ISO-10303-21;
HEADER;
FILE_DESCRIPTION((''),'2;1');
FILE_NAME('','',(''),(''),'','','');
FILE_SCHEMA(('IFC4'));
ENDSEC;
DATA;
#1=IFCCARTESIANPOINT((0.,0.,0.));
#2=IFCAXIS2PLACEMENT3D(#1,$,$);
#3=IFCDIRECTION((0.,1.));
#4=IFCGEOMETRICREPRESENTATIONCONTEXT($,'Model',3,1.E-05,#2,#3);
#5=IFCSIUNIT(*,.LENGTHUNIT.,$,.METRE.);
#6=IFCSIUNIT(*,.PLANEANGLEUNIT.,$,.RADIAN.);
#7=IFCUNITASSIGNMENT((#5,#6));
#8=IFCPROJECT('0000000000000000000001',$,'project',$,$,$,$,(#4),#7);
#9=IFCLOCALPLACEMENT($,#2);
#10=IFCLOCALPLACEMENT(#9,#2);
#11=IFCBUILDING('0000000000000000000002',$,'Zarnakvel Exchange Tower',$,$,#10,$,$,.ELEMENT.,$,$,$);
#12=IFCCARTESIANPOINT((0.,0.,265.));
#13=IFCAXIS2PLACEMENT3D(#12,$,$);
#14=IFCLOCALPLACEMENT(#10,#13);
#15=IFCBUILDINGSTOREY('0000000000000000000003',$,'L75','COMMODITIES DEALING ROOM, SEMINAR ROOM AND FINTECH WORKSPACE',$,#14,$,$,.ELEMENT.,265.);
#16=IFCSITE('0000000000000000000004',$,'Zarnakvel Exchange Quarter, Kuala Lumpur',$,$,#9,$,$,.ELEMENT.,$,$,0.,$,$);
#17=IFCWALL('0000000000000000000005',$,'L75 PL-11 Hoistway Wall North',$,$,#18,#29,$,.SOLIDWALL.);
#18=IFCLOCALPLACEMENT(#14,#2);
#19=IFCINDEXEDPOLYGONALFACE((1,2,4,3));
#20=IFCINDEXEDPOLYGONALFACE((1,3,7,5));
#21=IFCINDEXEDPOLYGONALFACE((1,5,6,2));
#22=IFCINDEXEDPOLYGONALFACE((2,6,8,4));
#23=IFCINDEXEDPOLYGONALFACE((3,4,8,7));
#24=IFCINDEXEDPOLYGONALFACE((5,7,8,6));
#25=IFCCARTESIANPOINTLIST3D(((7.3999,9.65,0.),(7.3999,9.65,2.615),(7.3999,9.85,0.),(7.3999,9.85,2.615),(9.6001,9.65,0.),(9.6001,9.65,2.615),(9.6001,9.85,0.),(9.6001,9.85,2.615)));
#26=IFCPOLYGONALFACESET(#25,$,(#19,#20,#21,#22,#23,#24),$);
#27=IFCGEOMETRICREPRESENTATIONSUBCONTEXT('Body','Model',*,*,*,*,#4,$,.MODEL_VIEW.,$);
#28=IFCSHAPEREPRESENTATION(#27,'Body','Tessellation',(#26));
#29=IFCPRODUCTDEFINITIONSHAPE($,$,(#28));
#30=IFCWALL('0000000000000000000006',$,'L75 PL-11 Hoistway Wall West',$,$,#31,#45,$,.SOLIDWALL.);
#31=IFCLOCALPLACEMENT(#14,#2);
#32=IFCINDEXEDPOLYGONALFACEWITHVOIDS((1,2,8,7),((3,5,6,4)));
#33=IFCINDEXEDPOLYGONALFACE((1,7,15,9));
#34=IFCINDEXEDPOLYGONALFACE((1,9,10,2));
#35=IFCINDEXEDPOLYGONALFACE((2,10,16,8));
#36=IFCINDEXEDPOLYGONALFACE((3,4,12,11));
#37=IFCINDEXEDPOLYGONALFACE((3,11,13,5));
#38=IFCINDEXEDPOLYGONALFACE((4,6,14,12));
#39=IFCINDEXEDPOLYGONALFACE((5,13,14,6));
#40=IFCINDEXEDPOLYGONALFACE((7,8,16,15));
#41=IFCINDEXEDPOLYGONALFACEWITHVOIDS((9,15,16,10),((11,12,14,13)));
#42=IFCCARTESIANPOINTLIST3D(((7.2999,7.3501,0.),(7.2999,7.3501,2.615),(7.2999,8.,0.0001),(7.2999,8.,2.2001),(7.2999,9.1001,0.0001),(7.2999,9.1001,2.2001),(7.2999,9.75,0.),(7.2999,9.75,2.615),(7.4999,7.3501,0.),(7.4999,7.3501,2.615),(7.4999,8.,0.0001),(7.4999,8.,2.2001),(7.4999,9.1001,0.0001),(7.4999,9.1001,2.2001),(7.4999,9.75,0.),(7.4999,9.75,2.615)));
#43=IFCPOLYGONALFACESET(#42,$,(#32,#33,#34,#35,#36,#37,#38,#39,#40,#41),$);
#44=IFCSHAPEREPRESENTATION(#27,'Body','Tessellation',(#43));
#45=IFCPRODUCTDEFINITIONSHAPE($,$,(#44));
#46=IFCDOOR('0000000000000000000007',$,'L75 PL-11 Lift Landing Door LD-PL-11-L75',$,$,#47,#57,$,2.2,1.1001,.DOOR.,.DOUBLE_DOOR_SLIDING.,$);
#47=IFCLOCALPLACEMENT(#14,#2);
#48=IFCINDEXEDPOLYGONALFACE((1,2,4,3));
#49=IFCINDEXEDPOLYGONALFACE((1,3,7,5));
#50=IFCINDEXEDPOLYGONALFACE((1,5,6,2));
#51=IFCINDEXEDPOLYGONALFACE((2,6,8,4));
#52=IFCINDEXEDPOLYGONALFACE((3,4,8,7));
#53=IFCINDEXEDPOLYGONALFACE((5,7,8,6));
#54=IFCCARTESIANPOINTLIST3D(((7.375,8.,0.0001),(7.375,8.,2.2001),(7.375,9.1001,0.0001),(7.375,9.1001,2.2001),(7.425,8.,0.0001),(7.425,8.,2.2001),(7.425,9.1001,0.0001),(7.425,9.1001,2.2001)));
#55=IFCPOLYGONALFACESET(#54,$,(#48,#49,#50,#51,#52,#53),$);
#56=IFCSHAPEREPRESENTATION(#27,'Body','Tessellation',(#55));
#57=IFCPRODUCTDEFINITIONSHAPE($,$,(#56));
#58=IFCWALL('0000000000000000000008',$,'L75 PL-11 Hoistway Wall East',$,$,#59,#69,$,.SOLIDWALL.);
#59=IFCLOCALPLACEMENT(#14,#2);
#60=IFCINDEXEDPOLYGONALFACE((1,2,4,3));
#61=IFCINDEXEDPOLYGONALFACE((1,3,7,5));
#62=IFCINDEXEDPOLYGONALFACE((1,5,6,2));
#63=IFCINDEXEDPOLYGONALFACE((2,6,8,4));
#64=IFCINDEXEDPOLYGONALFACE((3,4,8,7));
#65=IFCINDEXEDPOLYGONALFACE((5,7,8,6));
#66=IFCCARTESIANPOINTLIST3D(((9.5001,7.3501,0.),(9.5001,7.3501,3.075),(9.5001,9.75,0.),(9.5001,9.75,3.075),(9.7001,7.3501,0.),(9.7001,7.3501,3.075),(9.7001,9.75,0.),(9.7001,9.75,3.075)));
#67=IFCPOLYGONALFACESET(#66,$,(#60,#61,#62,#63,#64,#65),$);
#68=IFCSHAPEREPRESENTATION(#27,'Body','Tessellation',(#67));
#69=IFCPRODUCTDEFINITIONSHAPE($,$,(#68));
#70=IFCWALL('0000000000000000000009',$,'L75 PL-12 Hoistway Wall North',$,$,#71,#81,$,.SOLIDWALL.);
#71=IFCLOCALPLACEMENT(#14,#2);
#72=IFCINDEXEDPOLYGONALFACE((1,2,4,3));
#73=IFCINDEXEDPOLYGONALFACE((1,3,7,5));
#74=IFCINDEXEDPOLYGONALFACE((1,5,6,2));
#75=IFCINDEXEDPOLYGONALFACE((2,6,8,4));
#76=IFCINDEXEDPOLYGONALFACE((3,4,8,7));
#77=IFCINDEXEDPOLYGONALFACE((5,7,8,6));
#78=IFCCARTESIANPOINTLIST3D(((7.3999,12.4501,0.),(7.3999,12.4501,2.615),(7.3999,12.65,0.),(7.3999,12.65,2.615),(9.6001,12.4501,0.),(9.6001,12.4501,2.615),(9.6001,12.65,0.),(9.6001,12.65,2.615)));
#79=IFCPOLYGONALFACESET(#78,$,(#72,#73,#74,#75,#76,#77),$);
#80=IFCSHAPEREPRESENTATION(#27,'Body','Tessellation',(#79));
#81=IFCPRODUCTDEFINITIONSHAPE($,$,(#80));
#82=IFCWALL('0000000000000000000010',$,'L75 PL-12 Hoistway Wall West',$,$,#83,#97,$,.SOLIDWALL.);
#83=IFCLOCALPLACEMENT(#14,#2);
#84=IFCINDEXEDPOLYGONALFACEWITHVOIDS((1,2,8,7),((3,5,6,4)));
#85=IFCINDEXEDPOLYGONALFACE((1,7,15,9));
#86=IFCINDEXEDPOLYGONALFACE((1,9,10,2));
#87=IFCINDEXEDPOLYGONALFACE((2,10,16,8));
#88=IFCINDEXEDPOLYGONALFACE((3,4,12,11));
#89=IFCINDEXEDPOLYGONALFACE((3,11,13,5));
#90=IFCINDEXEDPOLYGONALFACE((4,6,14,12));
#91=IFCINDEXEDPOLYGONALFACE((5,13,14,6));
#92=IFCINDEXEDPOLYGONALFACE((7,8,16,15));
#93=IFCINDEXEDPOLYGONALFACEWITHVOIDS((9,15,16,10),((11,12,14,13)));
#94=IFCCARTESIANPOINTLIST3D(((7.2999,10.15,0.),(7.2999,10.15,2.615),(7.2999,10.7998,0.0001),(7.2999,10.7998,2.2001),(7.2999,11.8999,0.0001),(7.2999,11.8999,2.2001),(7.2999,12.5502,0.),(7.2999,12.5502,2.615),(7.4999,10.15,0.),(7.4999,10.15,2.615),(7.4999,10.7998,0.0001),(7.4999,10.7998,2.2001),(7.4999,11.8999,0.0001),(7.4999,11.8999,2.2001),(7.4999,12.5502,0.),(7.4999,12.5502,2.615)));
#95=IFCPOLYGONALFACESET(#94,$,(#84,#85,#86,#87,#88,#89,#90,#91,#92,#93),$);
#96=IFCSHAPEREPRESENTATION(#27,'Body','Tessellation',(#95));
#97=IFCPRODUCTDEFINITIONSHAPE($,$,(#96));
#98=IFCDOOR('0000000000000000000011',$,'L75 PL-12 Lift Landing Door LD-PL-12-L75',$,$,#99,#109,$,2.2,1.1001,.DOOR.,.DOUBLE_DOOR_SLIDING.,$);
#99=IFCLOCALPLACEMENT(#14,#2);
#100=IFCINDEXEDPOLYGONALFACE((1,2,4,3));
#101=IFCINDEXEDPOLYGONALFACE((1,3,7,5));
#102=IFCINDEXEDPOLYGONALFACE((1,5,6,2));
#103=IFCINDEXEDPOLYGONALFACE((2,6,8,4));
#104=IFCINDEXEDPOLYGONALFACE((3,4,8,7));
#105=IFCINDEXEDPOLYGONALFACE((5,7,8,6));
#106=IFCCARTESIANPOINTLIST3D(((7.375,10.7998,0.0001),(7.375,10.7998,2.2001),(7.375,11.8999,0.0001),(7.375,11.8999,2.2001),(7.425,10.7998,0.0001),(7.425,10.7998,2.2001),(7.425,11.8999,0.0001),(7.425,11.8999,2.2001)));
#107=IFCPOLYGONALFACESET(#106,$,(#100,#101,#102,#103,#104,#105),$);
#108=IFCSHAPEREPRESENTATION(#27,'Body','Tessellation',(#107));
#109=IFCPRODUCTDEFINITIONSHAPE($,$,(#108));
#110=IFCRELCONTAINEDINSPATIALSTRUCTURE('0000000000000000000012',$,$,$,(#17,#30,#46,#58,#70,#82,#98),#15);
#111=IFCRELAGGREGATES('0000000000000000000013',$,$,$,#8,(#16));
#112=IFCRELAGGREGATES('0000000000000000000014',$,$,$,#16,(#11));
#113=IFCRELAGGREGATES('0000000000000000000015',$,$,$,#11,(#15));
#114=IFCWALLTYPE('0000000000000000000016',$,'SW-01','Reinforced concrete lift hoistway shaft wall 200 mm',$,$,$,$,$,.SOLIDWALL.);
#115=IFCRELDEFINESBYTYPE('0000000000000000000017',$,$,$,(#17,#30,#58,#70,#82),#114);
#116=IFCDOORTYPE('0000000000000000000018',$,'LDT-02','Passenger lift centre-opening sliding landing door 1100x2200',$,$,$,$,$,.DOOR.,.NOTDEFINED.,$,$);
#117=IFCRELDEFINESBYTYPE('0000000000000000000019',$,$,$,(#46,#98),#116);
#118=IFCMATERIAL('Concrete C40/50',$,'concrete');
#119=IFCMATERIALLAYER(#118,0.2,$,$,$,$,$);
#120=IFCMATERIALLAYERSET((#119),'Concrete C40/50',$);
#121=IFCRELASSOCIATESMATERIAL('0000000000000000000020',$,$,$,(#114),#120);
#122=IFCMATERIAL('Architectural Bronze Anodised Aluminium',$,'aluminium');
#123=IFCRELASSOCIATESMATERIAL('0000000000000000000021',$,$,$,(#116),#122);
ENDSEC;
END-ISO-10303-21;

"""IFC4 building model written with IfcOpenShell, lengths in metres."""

from ifc_helpers import new_model, si_unit, direction, frame, frame_2d, origin, place, context, subcontext, project, spatial, rectangle, extrude, source, transform, mapped, material, layer, layer_set, type_object, element, fill, save


model = new_model("IFC4")

# Units and contexts
model_context = context("Model", 3, precision=1e-05, world=origin(), true_north=direction((0.0, 1.0)))
body_context = subcontext(model_context, "Body", "Model", "MODEL_VIEW")
ifc_project = project(units=[si_unit("LENGTHUNIT", "METRE"), si_unit("PLANEANGLEUNIT", "RADIAN")], contexts=[model_context])

# Site, building, storey
site_placement = place(None, origin())
site = spatial("IfcSite", under=ifc_project, at=site_placement, Name="Zarnakvel Exchange Quarter, Kuala Lumpur", CompositionType="ELEMENT", RefElevation=0.0)
building_placement = place(site_placement, origin())
building = spatial("IfcBuilding", under=site, at=building_placement, Name="Zarnakvel Exchange Tower", CompositionType="ELEMENT")
storey_placement = place(building_placement, frame((0.0, 0.0, 265.0)))
storey = spatial("IfcBuildingStorey", under=building, at=storey_placement, Name="L75", Description="COMMODITIES DEALING ROOM, SEMINAR ROOM AND FINTECH WORKSPACE", CompositionType="ELEMENT", Elevation=265.0)

# Shared definitions
ifc_material_1 = material(Name="Architectural Bronze Anodised Aluminium", Category="aluminium")

# Wall
ifc_material_2 = material(Name="Concrete C40/50", Category="concrete")
ifc_layer_1 = layer(ifc_material_2, 0.2)
ifc_layer_set_1 = layer_set([ifc_layer_1], Name="Concrete C40/50")
wall_type_1 = type_object("IfcWallType", Name="SW-01", Description="Reinforced concrete lift hoistway shaft wall 200 mm", PredefinedType="SOLIDWALL", material=ifc_layer_set_1)
for number, where, z_axis, x_axis, name in (
    (1, (7.3999, 9.75, 0.0), (0.0, 0.0, 1.0), (1.0, 0.0, 0.0), "L75 PL-11 Hoistway Wall North"),
):
    element("IfcWall", number, at=place(storey_placement, frame(where, z_axis=z_axis, x_axis=x_axis)), inside=storey, type_object=wall_type_1, Name=name, PredefinedType="SOLIDWALL", context=body_context, shape_type="SweptSolid", body=[
        extrude(rectangle(XDim=2.2002, YDim=0.2, at=frame_2d((1.1001, 0.0))), origin(), (0.0, 0.0, 1.0), 2.615),
    ])

# Wall, opening, door
wall_1_placement = place(storey_placement, frame((7.3999, 7.3501, 0.0), z_axis=(0.0, 0.0, 1.0), x_axis=(0.0, 1.0, 0.0)))
wall_1 = element("IfcWall", 2, at=wall_1_placement, inside=storey, type_object=wall_type_1, Name="L75 PL-11 Hoistway Wall West", PredefinedType="SOLIDWALL", context=body_context, shape_type="SweptSolid", body=[
    extrude(rectangle(XDim=2.3999, YDim=0.2, at=frame_2d((1.2, 0.0))), origin(), (0.0, 0.0, 1.0), 2.615),
])
opening_1_placement = place(wall_1_placement, frame((0.6499, 0.0, 0.0)))
opening_1 = element("IfcOpeningElement", 3, at=opening_1_placement, cuts=wall_1, PredefinedType="OPENING", context=body_context, shape_type="SweptSolid", body=[
    extrude(rectangle(XDim=1.1001, YDim=2.2, at=frame_2d((0.55, 1.1001))), frame((0.0, 0.1099, 0.0), z_axis=(0.0, -1.0, 0.0), x_axis=(1.0, 0.0, 0.0)), (0.0, 0.0, 1.0), 0.22),
])
door_type_1 = type_object("IfcDoorType", Name="LDT-02", Description="Passenger lift centre-opening sliding landing door 1100x2200", OperationType="NOTDEFINED", PredefinedType="DOOR", material=ifc_material_1)
shared_shape_1 = source(origin(), body_context, "Body", "SweptSolid", [
    extrude(rectangle(XDim=1.1001, YDim=2.2, at=frame_2d((0.55, 1.1001))), frame((0.0, 0.0249, 0.0), z_axis=(0.0, -1.0, 0.0), x_axis=(1.0, 0.0, 0.0)), (0.0, 0.0, 1.0), 0.05),
])
door_1_placement = place(opening_1_placement, origin())
door_1 = element("IfcDoor", 4, at=door_1_placement, inside=storey, type_object=door_type_1, Name="L75 PL-11 Lift Landing Door LD-PL-11-L75", OperationType="DOUBLE_DOOR_SLIDING", OverallHeight=2.2, OverallWidth=1.1001, PredefinedType="DOOR", context=body_context, shape_type="MappedRepresentation", body=[
    mapped(shared_shape_1, transform((0.0, 0.0, 0.0), x_axis=(1.0, 0.0, 0.0), y_axis=(0.0, 1.0, 0.0), z_axis=(0.0, 0.0, 1.0), scale=1.0)),
])
fill(opening_1, door_1)

# Walls
wall_2_placement = place(storey_placement, frame((9.6001, 9.75, 0.0), z_axis=(0.0, 0.0, 1.0), x_axis=(0.0, -1.0, 0.0)))
element("IfcWall", 5, at=wall_2_placement, inside=storey, type_object=wall_type_1, Name="L75 PL-11 Hoistway Wall East", PredefinedType="SOLIDWALL", context=body_context, shape_type="SweptSolid", body=[
    extrude(rectangle(XDim=2.3999, YDim=0.2, at=frame_2d((1.2, 0.0))), origin(), (0.0, 0.0, 1.0), 3.075),
])
wall_3_placement = place(storey_placement, frame((7.3999, 12.55, 0.0), z_axis=(0.0, 0.0, 1.0), x_axis=(1.0, 0.0, 0.0)))
element("IfcWall", 6, at=wall_3_placement, inside=storey, type_object=wall_type_1, Name="L75 PL-12 Hoistway Wall North", PredefinedType="SOLIDWALL", context=body_context, shape_type="SweptSolid", body=[
    extrude(rectangle(XDim=2.2002, YDim=0.2, at=frame_2d((1.1001, 0.0))), origin(), (0.0, 0.0, 1.0), 2.615),
])

# Wall, opening, door
wall_4_placement = place(storey_placement, frame((7.3999, 10.1499, 0.0), z_axis=(0.0, 0.0, 1.0), x_axis=(0.0, 1.0, 0.0)))
wall_4 = element("IfcWall", 7, at=wall_4_placement, inside=storey, type_object=wall_type_1, Name="L75 PL-12 Hoistway Wall West", PredefinedType="SOLIDWALL", context=body_context, shape_type="SweptSolid", body=[
    extrude(rectangle(XDim=2.4001, YDim=0.2, at=frame_2d((1.2002, 0.0))), origin(), (0.0, 0.0, 1.0), 2.615),
])
opening_2_placement = place(wall_4_placement, frame((0.6499, 0.0, 0.0)))
opening_2 = element("IfcOpeningElement", 8, at=opening_2_placement, cuts=wall_4, PredefinedType="OPENING", context=body_context, shape_type="SweptSolid", body=[
    extrude(rectangle(XDim=1.1001, YDim=2.2, at=frame_2d((0.55, 1.1001))), frame((0.0, 0.1099, 0.0), z_axis=(0.0, -1.0, 0.0), x_axis=(1.0, 0.0, 0.0)), (0.0, 0.0, 1.0), 0.22),
])
door_2_placement = place(opening_2_placement, origin())
door_2 = element("IfcDoor", 9, at=door_2_placement, inside=storey, type_object=door_type_1, Name="L75 PL-12 Lift Landing Door LD-PL-12-L75", OperationType="DOUBLE_DOOR_SLIDING", OverallHeight=2.2, OverallWidth=1.1001, PredefinedType="DOOR", context=body_context, shape_type="MappedRepresentation", body=[
    mapped(shared_shape_1, transform((0.0, 0.0, 0.0), x_axis=(1.0, 0.0, 0.0), y_axis=(0.0, 1.0, 0.0), z_axis=(0.0, 0.0, 1.0), scale=1.0)),
])
fill(opening_2, door_2)

save(model, "model.ifc")
